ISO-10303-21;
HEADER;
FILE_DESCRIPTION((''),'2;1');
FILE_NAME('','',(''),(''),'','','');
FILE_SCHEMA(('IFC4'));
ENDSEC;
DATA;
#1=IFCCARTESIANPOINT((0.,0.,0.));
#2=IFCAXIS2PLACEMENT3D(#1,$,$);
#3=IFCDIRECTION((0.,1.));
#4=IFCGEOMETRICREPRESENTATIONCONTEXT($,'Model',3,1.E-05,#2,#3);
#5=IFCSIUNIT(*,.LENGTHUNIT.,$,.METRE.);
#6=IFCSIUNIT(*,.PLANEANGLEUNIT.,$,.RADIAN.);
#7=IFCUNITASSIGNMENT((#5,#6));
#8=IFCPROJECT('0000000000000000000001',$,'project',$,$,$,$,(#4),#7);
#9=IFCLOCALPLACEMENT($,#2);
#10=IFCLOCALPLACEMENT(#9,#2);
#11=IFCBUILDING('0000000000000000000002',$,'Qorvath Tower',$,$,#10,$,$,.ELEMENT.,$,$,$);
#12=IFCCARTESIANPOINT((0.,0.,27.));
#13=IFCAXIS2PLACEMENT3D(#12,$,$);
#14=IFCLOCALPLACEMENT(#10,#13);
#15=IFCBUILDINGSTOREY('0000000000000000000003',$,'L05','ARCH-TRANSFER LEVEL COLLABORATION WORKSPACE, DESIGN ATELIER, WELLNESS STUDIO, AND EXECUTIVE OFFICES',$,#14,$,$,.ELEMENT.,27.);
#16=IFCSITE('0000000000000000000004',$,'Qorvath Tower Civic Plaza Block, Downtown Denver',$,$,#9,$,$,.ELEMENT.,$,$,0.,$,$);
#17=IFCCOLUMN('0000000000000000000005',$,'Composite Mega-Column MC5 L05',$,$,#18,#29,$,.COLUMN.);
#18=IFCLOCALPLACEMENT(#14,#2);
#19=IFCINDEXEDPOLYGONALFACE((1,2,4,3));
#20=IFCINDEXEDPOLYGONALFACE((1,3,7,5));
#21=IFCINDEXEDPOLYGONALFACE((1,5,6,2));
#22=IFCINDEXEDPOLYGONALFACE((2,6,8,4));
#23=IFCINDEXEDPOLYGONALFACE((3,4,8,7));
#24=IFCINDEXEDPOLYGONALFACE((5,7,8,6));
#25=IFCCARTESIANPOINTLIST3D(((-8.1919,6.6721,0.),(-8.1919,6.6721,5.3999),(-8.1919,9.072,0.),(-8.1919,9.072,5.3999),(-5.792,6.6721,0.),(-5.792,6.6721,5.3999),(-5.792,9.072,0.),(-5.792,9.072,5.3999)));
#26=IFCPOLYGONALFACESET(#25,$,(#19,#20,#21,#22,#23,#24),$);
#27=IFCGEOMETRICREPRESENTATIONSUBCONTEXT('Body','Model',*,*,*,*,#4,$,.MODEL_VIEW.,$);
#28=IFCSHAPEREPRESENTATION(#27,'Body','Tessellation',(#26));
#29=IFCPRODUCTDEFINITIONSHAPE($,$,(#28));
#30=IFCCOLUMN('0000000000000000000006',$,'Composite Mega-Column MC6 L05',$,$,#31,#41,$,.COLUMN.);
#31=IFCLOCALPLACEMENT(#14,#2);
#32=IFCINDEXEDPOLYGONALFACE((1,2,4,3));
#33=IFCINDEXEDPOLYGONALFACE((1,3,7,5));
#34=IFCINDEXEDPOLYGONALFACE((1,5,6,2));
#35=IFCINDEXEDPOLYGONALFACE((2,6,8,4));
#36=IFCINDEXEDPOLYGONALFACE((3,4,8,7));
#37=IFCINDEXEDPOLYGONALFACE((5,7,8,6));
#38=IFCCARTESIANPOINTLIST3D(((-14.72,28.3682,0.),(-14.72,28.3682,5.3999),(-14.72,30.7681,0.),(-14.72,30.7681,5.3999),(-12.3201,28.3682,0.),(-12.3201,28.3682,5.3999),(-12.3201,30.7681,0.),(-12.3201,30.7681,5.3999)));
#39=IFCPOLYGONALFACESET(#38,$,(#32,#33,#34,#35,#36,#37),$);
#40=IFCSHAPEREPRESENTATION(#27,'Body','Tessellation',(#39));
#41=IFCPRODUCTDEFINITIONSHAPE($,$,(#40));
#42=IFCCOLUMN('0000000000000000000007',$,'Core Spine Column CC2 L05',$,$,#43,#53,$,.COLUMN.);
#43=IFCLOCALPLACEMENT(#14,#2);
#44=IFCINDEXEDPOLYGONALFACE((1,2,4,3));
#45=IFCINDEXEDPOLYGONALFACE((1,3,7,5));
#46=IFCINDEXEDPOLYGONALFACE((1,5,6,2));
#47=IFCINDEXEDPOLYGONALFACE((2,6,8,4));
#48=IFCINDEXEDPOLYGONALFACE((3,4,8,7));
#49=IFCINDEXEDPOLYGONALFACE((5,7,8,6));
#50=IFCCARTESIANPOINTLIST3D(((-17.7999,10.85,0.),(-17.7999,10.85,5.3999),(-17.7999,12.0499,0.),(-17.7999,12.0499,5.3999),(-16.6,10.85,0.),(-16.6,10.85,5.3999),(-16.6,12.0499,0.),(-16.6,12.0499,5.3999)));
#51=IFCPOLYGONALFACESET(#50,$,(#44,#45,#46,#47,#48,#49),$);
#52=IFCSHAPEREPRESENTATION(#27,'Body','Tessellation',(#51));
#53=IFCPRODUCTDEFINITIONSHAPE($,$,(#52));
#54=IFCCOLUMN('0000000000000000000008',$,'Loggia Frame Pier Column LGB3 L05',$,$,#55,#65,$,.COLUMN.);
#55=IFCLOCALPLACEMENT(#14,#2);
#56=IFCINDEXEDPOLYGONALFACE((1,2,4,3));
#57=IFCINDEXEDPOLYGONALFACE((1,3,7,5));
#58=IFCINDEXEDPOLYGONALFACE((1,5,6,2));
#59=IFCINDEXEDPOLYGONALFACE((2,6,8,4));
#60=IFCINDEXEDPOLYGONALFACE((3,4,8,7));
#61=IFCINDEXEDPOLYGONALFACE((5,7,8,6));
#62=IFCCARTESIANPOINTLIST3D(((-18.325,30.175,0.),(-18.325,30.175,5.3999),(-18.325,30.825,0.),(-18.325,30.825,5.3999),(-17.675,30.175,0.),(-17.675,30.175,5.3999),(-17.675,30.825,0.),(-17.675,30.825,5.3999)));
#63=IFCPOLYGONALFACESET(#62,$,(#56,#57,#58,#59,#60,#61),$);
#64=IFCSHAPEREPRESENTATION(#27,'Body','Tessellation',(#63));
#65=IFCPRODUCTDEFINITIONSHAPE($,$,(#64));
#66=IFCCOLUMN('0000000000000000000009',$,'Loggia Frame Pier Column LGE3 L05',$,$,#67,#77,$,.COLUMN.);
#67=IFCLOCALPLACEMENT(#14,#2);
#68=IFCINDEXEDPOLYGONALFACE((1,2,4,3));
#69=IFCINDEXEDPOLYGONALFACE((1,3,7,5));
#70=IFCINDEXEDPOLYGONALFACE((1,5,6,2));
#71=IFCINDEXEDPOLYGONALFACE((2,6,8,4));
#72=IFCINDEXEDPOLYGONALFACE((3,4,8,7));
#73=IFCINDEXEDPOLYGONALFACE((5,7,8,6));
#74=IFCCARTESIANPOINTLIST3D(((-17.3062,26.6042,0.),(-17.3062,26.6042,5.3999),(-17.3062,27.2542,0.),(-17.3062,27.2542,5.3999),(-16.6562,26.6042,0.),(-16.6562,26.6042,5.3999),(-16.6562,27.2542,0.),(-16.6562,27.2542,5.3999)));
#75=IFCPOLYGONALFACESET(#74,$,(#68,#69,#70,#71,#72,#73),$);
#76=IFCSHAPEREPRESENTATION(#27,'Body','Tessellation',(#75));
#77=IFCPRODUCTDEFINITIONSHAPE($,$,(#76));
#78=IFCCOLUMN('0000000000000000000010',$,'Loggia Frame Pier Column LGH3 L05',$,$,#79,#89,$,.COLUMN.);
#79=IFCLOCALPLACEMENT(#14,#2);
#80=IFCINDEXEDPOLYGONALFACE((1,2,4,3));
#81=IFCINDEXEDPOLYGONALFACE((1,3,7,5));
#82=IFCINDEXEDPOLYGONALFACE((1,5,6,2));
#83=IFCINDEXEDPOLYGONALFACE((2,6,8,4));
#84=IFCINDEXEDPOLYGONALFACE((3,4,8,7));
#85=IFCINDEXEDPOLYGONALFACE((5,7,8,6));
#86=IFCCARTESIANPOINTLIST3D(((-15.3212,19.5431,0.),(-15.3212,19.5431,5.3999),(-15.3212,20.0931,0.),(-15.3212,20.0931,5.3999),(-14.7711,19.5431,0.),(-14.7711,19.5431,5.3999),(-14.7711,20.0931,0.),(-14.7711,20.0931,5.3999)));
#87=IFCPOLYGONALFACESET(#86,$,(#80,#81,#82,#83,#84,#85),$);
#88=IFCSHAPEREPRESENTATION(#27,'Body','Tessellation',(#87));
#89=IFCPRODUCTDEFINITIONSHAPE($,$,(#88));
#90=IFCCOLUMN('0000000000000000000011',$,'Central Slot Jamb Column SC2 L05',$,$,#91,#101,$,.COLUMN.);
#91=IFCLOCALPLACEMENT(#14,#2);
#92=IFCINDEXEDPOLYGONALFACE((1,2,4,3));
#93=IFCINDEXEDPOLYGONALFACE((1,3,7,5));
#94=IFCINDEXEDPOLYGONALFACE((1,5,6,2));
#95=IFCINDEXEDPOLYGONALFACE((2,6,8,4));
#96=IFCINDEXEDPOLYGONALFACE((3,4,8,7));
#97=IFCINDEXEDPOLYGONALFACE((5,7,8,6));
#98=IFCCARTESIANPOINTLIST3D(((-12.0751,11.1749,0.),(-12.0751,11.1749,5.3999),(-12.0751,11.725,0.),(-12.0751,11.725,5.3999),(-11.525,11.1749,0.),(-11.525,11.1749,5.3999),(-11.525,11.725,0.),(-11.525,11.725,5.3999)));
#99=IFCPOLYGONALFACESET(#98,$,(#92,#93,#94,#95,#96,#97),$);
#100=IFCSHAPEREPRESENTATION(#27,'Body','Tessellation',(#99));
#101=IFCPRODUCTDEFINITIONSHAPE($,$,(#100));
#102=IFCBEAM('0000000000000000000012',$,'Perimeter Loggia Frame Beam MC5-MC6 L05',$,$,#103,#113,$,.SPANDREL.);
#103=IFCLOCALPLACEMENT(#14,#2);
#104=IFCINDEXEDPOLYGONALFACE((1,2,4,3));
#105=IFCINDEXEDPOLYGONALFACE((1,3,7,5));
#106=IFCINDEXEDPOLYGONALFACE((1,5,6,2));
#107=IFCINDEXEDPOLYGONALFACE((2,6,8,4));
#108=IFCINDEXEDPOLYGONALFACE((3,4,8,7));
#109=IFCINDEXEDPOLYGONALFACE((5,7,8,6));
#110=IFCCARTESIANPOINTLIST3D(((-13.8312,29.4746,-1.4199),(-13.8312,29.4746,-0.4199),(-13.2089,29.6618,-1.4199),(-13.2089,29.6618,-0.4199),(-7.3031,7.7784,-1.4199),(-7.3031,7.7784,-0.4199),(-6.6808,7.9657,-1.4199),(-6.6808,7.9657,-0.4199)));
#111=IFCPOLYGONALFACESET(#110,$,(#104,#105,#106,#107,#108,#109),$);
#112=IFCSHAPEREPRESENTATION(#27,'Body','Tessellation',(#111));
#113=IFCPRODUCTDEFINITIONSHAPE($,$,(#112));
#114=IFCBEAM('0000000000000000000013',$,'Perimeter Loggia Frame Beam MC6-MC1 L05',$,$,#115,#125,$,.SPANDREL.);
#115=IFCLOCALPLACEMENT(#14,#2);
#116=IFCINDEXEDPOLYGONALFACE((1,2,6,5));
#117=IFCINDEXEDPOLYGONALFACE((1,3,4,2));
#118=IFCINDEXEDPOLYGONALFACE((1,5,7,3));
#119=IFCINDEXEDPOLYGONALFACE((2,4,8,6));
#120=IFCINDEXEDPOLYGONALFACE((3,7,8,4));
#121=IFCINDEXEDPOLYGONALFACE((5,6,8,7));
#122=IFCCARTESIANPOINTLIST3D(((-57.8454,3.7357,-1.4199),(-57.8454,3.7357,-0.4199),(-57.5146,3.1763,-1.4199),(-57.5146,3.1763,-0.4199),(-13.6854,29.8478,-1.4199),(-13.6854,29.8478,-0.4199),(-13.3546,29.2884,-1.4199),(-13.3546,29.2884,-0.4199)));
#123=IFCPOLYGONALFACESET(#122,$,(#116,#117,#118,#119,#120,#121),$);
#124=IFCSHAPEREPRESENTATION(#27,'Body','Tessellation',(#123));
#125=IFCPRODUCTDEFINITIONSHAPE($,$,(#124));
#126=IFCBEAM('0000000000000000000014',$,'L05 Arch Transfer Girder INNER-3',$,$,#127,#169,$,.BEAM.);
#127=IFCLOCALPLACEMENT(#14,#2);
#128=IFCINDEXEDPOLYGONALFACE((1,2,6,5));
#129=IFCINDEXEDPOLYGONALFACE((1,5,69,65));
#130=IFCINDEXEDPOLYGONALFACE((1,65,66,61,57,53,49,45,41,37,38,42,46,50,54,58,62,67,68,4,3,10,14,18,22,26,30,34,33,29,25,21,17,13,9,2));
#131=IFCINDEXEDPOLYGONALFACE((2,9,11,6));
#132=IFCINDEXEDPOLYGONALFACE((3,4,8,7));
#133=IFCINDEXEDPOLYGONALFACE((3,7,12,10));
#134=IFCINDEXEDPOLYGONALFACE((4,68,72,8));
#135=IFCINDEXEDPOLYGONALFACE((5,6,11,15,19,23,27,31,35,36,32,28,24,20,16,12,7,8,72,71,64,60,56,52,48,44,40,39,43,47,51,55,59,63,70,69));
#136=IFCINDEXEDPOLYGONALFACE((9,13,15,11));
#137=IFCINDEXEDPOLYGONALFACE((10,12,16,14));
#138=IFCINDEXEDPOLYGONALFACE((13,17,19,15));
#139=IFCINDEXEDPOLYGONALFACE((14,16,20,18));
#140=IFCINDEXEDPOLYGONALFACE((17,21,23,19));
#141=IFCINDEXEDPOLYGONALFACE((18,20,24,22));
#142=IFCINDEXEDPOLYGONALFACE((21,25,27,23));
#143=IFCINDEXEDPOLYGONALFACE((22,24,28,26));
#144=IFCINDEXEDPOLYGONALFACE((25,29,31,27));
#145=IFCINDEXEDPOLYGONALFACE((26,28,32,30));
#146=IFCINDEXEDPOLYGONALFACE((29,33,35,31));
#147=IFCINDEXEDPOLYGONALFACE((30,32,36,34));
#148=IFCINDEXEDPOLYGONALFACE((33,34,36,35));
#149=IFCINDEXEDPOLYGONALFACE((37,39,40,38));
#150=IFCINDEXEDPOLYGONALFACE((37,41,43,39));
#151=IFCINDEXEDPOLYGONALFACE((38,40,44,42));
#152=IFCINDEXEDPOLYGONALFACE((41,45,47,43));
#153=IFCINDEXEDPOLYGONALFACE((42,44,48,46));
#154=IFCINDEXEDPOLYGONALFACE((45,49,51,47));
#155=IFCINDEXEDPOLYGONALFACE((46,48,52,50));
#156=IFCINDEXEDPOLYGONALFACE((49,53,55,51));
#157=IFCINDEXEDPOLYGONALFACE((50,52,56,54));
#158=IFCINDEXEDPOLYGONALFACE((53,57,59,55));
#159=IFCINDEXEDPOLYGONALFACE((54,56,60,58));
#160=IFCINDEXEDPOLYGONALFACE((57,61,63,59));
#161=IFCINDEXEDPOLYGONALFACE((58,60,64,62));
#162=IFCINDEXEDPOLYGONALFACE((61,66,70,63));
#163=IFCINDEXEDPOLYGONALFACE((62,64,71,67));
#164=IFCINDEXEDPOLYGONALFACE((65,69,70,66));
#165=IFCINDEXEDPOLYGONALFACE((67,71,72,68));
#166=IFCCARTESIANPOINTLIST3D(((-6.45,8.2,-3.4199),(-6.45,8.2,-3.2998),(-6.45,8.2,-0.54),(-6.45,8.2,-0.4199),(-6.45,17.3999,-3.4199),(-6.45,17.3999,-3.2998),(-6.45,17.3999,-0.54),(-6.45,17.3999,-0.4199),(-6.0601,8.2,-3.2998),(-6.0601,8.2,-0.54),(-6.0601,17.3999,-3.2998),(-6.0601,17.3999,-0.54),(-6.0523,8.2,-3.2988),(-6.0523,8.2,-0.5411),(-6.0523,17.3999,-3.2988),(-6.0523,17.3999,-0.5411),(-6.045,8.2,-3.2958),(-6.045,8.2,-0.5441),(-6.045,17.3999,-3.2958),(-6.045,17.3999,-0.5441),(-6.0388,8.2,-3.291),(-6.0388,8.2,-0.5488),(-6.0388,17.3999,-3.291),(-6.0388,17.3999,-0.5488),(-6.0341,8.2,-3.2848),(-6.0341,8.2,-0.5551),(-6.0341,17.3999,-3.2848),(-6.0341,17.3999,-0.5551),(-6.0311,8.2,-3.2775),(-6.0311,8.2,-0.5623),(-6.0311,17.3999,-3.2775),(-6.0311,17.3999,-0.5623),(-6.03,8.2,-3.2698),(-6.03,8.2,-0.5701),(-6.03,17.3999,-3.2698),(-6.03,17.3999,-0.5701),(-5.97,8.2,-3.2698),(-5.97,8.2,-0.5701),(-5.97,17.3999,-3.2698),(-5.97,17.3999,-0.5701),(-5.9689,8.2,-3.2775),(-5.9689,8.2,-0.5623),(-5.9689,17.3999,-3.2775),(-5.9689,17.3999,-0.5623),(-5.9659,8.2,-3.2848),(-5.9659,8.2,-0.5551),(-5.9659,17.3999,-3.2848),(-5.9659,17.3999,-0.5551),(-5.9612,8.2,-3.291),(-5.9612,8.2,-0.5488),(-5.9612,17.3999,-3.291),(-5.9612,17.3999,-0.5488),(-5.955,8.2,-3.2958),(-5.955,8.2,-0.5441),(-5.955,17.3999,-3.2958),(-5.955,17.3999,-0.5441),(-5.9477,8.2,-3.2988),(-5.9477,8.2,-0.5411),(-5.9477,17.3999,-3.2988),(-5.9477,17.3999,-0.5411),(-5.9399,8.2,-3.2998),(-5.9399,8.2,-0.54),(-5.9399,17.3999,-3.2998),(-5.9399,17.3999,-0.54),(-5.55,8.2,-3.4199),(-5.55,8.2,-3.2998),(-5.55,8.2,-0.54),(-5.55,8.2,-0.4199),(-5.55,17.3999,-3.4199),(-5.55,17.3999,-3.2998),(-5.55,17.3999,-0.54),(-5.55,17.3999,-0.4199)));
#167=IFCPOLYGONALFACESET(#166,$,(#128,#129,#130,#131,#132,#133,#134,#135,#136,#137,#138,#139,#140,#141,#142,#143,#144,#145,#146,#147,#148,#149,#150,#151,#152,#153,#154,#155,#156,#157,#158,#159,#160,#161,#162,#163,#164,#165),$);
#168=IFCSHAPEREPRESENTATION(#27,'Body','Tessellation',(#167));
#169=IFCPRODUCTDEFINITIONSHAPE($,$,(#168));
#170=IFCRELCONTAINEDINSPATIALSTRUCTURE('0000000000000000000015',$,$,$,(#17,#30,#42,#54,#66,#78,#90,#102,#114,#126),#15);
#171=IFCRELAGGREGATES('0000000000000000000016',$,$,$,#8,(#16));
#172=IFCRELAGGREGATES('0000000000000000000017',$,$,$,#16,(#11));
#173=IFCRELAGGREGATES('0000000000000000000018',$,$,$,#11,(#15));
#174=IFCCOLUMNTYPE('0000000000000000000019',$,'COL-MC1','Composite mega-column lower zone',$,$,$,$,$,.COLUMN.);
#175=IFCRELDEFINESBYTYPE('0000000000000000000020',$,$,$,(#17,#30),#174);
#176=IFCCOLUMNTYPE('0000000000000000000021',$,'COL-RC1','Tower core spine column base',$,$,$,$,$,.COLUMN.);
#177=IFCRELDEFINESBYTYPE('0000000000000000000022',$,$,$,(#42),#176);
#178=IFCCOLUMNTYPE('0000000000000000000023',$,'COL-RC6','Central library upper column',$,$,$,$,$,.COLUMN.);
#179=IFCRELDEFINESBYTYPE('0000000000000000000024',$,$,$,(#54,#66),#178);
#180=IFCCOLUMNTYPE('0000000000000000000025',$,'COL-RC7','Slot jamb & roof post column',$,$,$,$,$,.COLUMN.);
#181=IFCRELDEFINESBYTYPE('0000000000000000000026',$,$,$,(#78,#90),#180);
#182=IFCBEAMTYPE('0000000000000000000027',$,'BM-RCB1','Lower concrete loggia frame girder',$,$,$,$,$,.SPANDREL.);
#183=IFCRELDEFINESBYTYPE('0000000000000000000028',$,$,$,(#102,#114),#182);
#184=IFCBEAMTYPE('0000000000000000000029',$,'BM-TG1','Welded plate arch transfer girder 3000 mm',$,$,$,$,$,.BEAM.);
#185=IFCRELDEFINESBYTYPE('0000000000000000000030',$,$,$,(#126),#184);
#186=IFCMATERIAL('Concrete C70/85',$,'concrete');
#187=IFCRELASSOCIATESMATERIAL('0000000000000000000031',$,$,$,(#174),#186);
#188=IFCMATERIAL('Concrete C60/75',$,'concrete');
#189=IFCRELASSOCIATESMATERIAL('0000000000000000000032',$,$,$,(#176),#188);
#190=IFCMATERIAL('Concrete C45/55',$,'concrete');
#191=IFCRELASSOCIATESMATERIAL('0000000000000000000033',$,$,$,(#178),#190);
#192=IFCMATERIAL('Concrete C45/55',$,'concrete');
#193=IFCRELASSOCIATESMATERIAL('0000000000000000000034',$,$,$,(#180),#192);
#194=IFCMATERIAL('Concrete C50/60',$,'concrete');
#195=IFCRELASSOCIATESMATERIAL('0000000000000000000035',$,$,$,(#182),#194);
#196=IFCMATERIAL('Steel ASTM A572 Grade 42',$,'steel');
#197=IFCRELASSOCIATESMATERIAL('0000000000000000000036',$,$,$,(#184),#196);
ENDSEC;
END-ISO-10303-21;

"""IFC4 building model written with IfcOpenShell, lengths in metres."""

from ifc_helpers import new_model, si_unit, direction, frame, origin, origin_2d, place, context, subcontext, project, spatial, rectangle, i_section, extrude, material, material_profile, profile_set, type_object, element, save


model = new_model("IFC4")

# Units and contexts
model_context = context("Model", 3, precision=1e-05, world=origin(), true_north=direction((0.0, 1.0)))
body_context = subcontext(model_context, "Body", "Model", "MODEL_VIEW")
ifc_project = project(units=[si_unit("LENGTHUNIT", "METRE"), si_unit("PLANEANGLEUNIT", "RADIAN")], contexts=[model_context])

# Site, building, storey
site_placement = place(None, origin())
site = spatial("IfcSite", under=ifc_project, at=site_placement, Name="Qorvath Tower Civic Plaza Block, Downtown Denver", CompositionType="ELEMENT", RefElevation=0.0)
building_placement = place(site_placement, origin())
building = spatial("IfcBuilding", under=site, at=building_placement, Name="Qorvath Tower", CompositionType="ELEMENT")
storey_placement = place(building_placement, frame((0.0, 0.0, 27.0)))
storey = spatial("IfcBuildingStorey", under=building, at=storey_placement, Name="L05", Description="ARCH-TRANSFER LEVEL COLLABORATION WORKSPACE, DESIGN ATELIER, WELLNESS STUDIO, AND EXECUTIVE OFFICES", CompositionType="ELEMENT", Elevation=27.0)

# Columns
ifc_material_1 = material(Name="Concrete C70/85", Category="concrete")
ifc_material_profile_1 = material_profile(ifc_material_1, rectangle(XDim=2.3999, YDim=2.3999, at=origin_2d()), Name="MC 2400x2400")
ifc_profile_set_1 = profile_set([ifc_material_profile_1], Name="Concrete C70/85")
column_type_1 = type_object("IfcColumnType", Name="COL-MC1", Description="Composite mega-column lower zone", PredefinedType="COLUMN", material=ifc_profile_set_1)
for number, where, z_axis, x_axis, name in (
    (1, (-6.9919, 7.8721, 0.0), (0.0, 0.0, 1.0), (1.0, 0.0, 0.0), "Composite Mega-Column MC5 L05"),
    (2, (-13.52, 29.5681, 0.0), (0.0, 0.0, 1.0), (1.0, 0.0, 0.0), "Composite Mega-Column MC6 L05"),
):
    element("IfcColumn", number, at=place(storey_placement, frame(where, z_axis=z_axis, x_axis=x_axis)), inside=storey, type_object=column_type_1, Name=name, PredefinedType="COLUMN", context=body_context, shape_type="SweptSolid", body=[
        extrude(rectangle(XDim=2.3999, YDim=2.3999, at=origin_2d()), origin(), (0.0, 0.0, 1.0), 5.3999),
    ])
ifc_material_2 = material(Name="Concrete C60/75", Category="concrete")
ifc_material_profile_2 = material_profile(ifc_material_2, rectangle(XDim=1.2, YDim=1.2, at=origin_2d()), Name="RC 1200x1200")
ifc_profile_set_2 = profile_set([ifc_material_profile_2], Name="Concrete C60/75")
column_type_2 = type_object("IfcColumnType", Name="COL-RC1", Description="Tower core spine column base", PredefinedType="COLUMN", material=ifc_profile_set_2)
column_placement = place(storey_placement, frame((-17.2, 11.45, 0.0), z_axis=(0.0, 0.0, 1.0), x_axis=(1.0, 0.0, 0.0)))
element("IfcColumn", 3, at=column_placement, inside=storey, type_object=column_type_2, Name="Core Spine Column CC2 L05", PredefinedType="COLUMN", context=body_context, shape_type="SweptSolid", body=[
    extrude(rectangle(XDim=1.2, YDim=1.2, at=origin_2d()), origin(), (0.0, 0.0, 1.0), 5.3999),
])
ifc_material_3 = material(Name="Concrete C45/55", Category="concrete")
ifc_material_profile_3 = material_profile(ifc_material_3, rectangle(XDim=0.6499, YDim=0.6499, at=origin_2d()), Name="RC 650x650")
ifc_profile_set_3 = profile_set([ifc_material_profile_3], Name="Concrete C45/55")
column_type_3 = type_object("IfcColumnType", Name="COL-RC6", Description="Central library upper column", PredefinedType="COLUMN", material=ifc_profile_set_3)
for number, where, z_axis, x_axis, name in (
    (4, (-18.0, 30.5, 0.0), (0.0, 0.0, 1.0), (1.0, 0.0, 0.0), "Loggia Frame Pier Column LGB3 L05"),
    (5, (-16.9812, 26.9292, 0.0), (0.0, 0.0, 1.0), (1.0, 0.0, 0.0), "Loggia Frame Pier Column LGE3 L05"),
):
    element("IfcColumn", number, at=place(storey_placement, frame(where, z_axis=z_axis, x_axis=x_axis)), inside=storey, type_object=column_type_3, Name=name, PredefinedType="COLUMN", context=body_context, shape_type="SweptSolid", body=[
        extrude(rectangle(XDim=0.6499, YDim=0.6499, at=origin_2d()), origin(), (0.0, 0.0, 1.0), 5.3999),
    ])
ifc_material_4 = material(Name="Concrete C45/55", Category="concrete")
ifc_material_profile_4 = material_profile(ifc_material_4, rectangle(XDim=0.55, YDim=0.55, at=origin_2d()), Name="RC 550x550")
ifc_profile_set_4 = profile_set([ifc_material_profile_4], Name="Concrete C45/55")
column_type_4 = type_object("IfcColumnType", Name="COL-RC7", Description="Slot jamb & roof post column", PredefinedType="COLUMN", material=ifc_profile_set_4)
for number, where, z_axis, x_axis, name in (
    (6, (-15.0461, 19.8181, 0.0), (0.0, 0.0, 1.0), (1.0, 0.0, 0.0), "Loggia Frame Pier Column LGH3 L05"),
    (7, (-11.8, 11.45, 0.0), (0.0, 0.0, 1.0), (1.0, 0.0, 0.0), "Central Slot Jamb Column SC2 L05"),
):
    element("IfcColumn", number, at=place(storey_placement, frame(where, z_axis=z_axis, x_axis=x_axis)), inside=storey, type_object=column_type_4, Name=name, PredefinedType="COLUMN", context=body_context, shape_type="SweptSolid", body=[
        extrude(rectangle(XDim=0.55, YDim=0.55, at=origin_2d()), origin(), (0.0, 0.0, 1.0), 5.3999),
    ])

# Beams
ifc_material_5 = material(Name="Concrete C50/60", Category="concrete")
ifc_material_profile_5 = material_profile(ifc_material_5, rectangle(XDim=0.6499, YDim=1.0, at=origin_2d()), Name="RCB 1000x650")
ifc_profile_set_5 = profile_set([ifc_material_profile_5], Name="Concrete C50/60")
beam_type_1 = type_object("IfcBeamType", Name="BM-RCB1", Description="Lower concrete loggia frame girder", PredefinedType="SPANDREL", material=ifc_profile_set_5)
beam_1_placement = place(storey_placement, frame((-6.9919, 7.8721, -0.9199), z_axis=(-0.288128, 0.957592, 0.0), x_axis=(-0.957592, -0.288128, 0.0)))
element("IfcBeam", 8, at=beam_1_placement, inside=storey, type_object=beam_type_1, Name="Perimeter Loggia Frame Beam MC5-MC6 L05", PredefinedType="SPANDREL", context=body_context, shape_type="SweptSolid", body=[
    extrude(rectangle(XDim=0.6499, YDim=1.0, at=origin_2d()), origin(), (0.0, 0.0, 1.0), 22.657),
])
beam_2_placement = place(storey_placement, frame((-13.52, 29.5681, -0.9199), z_axis=(-0.860777, -0.508983, 0.0), x_axis=(0.508983, -0.860777, 0.0)))
element("IfcBeam", 9, at=beam_2_placement, inside=storey, type_object=beam_type_1, Name="Perimeter Loggia Frame Beam MC6-MC1 L05", PredefinedType="SPANDREL", context=body_context, shape_type="SweptSolid", body=[
    extrude(rectangle(XDim=0.6499, YDim=1.0, at=origin_2d()), origin(), (0.0, 0.0, 1.0), 51.3025),
])
ifc_material_6 = material(Name="Steel ASTM A572 Grade 42", Category="steel")
ifc_material_profile_6 = material_profile(ifc_material_6, i_section(OverallWidth=0.8999, OverallDepth=3.0, WebThickness=0.0601, FlangeThickness=0.1201, FilletRadius=0.03, at=origin_2d()), Name="WTG 3000x900")
ifc_profile_set_6 = profile_set([ifc_material_profile_6], Name="Steel ASTM A572 Grade 42")
beam_type_2 = type_object("IfcBeamType", Name="BM-TG1", Description="Welded plate arch transfer girder 3000 mm", PredefinedType="BEAM", material=ifc_profile_set_6)
beam_3_placement = place(storey_placement, frame((-6.0, 8.2, -1.9199), z_axis=(0.0, 1.0, 0.0), x_axis=(-1.0, 0.0, 0.0)))
element("IfcBeam", 10, at=beam_3_placement, inside=storey, type_object=beam_type_2, Name="L05 Arch Transfer Girder INNER-3", PredefinedType="BEAM", context=body_context, shape_type="SweptSolid", body=[
    extrude(i_section(OverallWidth=0.8999, OverallDepth=3.0, WebThickness=0.0601, FlangeThickness=0.1201, FilletRadius=0.03, at=origin_2d()), origin(), (0.0, 0.0, 1.0), 9.2),
])

save(model, "model.ifc")
